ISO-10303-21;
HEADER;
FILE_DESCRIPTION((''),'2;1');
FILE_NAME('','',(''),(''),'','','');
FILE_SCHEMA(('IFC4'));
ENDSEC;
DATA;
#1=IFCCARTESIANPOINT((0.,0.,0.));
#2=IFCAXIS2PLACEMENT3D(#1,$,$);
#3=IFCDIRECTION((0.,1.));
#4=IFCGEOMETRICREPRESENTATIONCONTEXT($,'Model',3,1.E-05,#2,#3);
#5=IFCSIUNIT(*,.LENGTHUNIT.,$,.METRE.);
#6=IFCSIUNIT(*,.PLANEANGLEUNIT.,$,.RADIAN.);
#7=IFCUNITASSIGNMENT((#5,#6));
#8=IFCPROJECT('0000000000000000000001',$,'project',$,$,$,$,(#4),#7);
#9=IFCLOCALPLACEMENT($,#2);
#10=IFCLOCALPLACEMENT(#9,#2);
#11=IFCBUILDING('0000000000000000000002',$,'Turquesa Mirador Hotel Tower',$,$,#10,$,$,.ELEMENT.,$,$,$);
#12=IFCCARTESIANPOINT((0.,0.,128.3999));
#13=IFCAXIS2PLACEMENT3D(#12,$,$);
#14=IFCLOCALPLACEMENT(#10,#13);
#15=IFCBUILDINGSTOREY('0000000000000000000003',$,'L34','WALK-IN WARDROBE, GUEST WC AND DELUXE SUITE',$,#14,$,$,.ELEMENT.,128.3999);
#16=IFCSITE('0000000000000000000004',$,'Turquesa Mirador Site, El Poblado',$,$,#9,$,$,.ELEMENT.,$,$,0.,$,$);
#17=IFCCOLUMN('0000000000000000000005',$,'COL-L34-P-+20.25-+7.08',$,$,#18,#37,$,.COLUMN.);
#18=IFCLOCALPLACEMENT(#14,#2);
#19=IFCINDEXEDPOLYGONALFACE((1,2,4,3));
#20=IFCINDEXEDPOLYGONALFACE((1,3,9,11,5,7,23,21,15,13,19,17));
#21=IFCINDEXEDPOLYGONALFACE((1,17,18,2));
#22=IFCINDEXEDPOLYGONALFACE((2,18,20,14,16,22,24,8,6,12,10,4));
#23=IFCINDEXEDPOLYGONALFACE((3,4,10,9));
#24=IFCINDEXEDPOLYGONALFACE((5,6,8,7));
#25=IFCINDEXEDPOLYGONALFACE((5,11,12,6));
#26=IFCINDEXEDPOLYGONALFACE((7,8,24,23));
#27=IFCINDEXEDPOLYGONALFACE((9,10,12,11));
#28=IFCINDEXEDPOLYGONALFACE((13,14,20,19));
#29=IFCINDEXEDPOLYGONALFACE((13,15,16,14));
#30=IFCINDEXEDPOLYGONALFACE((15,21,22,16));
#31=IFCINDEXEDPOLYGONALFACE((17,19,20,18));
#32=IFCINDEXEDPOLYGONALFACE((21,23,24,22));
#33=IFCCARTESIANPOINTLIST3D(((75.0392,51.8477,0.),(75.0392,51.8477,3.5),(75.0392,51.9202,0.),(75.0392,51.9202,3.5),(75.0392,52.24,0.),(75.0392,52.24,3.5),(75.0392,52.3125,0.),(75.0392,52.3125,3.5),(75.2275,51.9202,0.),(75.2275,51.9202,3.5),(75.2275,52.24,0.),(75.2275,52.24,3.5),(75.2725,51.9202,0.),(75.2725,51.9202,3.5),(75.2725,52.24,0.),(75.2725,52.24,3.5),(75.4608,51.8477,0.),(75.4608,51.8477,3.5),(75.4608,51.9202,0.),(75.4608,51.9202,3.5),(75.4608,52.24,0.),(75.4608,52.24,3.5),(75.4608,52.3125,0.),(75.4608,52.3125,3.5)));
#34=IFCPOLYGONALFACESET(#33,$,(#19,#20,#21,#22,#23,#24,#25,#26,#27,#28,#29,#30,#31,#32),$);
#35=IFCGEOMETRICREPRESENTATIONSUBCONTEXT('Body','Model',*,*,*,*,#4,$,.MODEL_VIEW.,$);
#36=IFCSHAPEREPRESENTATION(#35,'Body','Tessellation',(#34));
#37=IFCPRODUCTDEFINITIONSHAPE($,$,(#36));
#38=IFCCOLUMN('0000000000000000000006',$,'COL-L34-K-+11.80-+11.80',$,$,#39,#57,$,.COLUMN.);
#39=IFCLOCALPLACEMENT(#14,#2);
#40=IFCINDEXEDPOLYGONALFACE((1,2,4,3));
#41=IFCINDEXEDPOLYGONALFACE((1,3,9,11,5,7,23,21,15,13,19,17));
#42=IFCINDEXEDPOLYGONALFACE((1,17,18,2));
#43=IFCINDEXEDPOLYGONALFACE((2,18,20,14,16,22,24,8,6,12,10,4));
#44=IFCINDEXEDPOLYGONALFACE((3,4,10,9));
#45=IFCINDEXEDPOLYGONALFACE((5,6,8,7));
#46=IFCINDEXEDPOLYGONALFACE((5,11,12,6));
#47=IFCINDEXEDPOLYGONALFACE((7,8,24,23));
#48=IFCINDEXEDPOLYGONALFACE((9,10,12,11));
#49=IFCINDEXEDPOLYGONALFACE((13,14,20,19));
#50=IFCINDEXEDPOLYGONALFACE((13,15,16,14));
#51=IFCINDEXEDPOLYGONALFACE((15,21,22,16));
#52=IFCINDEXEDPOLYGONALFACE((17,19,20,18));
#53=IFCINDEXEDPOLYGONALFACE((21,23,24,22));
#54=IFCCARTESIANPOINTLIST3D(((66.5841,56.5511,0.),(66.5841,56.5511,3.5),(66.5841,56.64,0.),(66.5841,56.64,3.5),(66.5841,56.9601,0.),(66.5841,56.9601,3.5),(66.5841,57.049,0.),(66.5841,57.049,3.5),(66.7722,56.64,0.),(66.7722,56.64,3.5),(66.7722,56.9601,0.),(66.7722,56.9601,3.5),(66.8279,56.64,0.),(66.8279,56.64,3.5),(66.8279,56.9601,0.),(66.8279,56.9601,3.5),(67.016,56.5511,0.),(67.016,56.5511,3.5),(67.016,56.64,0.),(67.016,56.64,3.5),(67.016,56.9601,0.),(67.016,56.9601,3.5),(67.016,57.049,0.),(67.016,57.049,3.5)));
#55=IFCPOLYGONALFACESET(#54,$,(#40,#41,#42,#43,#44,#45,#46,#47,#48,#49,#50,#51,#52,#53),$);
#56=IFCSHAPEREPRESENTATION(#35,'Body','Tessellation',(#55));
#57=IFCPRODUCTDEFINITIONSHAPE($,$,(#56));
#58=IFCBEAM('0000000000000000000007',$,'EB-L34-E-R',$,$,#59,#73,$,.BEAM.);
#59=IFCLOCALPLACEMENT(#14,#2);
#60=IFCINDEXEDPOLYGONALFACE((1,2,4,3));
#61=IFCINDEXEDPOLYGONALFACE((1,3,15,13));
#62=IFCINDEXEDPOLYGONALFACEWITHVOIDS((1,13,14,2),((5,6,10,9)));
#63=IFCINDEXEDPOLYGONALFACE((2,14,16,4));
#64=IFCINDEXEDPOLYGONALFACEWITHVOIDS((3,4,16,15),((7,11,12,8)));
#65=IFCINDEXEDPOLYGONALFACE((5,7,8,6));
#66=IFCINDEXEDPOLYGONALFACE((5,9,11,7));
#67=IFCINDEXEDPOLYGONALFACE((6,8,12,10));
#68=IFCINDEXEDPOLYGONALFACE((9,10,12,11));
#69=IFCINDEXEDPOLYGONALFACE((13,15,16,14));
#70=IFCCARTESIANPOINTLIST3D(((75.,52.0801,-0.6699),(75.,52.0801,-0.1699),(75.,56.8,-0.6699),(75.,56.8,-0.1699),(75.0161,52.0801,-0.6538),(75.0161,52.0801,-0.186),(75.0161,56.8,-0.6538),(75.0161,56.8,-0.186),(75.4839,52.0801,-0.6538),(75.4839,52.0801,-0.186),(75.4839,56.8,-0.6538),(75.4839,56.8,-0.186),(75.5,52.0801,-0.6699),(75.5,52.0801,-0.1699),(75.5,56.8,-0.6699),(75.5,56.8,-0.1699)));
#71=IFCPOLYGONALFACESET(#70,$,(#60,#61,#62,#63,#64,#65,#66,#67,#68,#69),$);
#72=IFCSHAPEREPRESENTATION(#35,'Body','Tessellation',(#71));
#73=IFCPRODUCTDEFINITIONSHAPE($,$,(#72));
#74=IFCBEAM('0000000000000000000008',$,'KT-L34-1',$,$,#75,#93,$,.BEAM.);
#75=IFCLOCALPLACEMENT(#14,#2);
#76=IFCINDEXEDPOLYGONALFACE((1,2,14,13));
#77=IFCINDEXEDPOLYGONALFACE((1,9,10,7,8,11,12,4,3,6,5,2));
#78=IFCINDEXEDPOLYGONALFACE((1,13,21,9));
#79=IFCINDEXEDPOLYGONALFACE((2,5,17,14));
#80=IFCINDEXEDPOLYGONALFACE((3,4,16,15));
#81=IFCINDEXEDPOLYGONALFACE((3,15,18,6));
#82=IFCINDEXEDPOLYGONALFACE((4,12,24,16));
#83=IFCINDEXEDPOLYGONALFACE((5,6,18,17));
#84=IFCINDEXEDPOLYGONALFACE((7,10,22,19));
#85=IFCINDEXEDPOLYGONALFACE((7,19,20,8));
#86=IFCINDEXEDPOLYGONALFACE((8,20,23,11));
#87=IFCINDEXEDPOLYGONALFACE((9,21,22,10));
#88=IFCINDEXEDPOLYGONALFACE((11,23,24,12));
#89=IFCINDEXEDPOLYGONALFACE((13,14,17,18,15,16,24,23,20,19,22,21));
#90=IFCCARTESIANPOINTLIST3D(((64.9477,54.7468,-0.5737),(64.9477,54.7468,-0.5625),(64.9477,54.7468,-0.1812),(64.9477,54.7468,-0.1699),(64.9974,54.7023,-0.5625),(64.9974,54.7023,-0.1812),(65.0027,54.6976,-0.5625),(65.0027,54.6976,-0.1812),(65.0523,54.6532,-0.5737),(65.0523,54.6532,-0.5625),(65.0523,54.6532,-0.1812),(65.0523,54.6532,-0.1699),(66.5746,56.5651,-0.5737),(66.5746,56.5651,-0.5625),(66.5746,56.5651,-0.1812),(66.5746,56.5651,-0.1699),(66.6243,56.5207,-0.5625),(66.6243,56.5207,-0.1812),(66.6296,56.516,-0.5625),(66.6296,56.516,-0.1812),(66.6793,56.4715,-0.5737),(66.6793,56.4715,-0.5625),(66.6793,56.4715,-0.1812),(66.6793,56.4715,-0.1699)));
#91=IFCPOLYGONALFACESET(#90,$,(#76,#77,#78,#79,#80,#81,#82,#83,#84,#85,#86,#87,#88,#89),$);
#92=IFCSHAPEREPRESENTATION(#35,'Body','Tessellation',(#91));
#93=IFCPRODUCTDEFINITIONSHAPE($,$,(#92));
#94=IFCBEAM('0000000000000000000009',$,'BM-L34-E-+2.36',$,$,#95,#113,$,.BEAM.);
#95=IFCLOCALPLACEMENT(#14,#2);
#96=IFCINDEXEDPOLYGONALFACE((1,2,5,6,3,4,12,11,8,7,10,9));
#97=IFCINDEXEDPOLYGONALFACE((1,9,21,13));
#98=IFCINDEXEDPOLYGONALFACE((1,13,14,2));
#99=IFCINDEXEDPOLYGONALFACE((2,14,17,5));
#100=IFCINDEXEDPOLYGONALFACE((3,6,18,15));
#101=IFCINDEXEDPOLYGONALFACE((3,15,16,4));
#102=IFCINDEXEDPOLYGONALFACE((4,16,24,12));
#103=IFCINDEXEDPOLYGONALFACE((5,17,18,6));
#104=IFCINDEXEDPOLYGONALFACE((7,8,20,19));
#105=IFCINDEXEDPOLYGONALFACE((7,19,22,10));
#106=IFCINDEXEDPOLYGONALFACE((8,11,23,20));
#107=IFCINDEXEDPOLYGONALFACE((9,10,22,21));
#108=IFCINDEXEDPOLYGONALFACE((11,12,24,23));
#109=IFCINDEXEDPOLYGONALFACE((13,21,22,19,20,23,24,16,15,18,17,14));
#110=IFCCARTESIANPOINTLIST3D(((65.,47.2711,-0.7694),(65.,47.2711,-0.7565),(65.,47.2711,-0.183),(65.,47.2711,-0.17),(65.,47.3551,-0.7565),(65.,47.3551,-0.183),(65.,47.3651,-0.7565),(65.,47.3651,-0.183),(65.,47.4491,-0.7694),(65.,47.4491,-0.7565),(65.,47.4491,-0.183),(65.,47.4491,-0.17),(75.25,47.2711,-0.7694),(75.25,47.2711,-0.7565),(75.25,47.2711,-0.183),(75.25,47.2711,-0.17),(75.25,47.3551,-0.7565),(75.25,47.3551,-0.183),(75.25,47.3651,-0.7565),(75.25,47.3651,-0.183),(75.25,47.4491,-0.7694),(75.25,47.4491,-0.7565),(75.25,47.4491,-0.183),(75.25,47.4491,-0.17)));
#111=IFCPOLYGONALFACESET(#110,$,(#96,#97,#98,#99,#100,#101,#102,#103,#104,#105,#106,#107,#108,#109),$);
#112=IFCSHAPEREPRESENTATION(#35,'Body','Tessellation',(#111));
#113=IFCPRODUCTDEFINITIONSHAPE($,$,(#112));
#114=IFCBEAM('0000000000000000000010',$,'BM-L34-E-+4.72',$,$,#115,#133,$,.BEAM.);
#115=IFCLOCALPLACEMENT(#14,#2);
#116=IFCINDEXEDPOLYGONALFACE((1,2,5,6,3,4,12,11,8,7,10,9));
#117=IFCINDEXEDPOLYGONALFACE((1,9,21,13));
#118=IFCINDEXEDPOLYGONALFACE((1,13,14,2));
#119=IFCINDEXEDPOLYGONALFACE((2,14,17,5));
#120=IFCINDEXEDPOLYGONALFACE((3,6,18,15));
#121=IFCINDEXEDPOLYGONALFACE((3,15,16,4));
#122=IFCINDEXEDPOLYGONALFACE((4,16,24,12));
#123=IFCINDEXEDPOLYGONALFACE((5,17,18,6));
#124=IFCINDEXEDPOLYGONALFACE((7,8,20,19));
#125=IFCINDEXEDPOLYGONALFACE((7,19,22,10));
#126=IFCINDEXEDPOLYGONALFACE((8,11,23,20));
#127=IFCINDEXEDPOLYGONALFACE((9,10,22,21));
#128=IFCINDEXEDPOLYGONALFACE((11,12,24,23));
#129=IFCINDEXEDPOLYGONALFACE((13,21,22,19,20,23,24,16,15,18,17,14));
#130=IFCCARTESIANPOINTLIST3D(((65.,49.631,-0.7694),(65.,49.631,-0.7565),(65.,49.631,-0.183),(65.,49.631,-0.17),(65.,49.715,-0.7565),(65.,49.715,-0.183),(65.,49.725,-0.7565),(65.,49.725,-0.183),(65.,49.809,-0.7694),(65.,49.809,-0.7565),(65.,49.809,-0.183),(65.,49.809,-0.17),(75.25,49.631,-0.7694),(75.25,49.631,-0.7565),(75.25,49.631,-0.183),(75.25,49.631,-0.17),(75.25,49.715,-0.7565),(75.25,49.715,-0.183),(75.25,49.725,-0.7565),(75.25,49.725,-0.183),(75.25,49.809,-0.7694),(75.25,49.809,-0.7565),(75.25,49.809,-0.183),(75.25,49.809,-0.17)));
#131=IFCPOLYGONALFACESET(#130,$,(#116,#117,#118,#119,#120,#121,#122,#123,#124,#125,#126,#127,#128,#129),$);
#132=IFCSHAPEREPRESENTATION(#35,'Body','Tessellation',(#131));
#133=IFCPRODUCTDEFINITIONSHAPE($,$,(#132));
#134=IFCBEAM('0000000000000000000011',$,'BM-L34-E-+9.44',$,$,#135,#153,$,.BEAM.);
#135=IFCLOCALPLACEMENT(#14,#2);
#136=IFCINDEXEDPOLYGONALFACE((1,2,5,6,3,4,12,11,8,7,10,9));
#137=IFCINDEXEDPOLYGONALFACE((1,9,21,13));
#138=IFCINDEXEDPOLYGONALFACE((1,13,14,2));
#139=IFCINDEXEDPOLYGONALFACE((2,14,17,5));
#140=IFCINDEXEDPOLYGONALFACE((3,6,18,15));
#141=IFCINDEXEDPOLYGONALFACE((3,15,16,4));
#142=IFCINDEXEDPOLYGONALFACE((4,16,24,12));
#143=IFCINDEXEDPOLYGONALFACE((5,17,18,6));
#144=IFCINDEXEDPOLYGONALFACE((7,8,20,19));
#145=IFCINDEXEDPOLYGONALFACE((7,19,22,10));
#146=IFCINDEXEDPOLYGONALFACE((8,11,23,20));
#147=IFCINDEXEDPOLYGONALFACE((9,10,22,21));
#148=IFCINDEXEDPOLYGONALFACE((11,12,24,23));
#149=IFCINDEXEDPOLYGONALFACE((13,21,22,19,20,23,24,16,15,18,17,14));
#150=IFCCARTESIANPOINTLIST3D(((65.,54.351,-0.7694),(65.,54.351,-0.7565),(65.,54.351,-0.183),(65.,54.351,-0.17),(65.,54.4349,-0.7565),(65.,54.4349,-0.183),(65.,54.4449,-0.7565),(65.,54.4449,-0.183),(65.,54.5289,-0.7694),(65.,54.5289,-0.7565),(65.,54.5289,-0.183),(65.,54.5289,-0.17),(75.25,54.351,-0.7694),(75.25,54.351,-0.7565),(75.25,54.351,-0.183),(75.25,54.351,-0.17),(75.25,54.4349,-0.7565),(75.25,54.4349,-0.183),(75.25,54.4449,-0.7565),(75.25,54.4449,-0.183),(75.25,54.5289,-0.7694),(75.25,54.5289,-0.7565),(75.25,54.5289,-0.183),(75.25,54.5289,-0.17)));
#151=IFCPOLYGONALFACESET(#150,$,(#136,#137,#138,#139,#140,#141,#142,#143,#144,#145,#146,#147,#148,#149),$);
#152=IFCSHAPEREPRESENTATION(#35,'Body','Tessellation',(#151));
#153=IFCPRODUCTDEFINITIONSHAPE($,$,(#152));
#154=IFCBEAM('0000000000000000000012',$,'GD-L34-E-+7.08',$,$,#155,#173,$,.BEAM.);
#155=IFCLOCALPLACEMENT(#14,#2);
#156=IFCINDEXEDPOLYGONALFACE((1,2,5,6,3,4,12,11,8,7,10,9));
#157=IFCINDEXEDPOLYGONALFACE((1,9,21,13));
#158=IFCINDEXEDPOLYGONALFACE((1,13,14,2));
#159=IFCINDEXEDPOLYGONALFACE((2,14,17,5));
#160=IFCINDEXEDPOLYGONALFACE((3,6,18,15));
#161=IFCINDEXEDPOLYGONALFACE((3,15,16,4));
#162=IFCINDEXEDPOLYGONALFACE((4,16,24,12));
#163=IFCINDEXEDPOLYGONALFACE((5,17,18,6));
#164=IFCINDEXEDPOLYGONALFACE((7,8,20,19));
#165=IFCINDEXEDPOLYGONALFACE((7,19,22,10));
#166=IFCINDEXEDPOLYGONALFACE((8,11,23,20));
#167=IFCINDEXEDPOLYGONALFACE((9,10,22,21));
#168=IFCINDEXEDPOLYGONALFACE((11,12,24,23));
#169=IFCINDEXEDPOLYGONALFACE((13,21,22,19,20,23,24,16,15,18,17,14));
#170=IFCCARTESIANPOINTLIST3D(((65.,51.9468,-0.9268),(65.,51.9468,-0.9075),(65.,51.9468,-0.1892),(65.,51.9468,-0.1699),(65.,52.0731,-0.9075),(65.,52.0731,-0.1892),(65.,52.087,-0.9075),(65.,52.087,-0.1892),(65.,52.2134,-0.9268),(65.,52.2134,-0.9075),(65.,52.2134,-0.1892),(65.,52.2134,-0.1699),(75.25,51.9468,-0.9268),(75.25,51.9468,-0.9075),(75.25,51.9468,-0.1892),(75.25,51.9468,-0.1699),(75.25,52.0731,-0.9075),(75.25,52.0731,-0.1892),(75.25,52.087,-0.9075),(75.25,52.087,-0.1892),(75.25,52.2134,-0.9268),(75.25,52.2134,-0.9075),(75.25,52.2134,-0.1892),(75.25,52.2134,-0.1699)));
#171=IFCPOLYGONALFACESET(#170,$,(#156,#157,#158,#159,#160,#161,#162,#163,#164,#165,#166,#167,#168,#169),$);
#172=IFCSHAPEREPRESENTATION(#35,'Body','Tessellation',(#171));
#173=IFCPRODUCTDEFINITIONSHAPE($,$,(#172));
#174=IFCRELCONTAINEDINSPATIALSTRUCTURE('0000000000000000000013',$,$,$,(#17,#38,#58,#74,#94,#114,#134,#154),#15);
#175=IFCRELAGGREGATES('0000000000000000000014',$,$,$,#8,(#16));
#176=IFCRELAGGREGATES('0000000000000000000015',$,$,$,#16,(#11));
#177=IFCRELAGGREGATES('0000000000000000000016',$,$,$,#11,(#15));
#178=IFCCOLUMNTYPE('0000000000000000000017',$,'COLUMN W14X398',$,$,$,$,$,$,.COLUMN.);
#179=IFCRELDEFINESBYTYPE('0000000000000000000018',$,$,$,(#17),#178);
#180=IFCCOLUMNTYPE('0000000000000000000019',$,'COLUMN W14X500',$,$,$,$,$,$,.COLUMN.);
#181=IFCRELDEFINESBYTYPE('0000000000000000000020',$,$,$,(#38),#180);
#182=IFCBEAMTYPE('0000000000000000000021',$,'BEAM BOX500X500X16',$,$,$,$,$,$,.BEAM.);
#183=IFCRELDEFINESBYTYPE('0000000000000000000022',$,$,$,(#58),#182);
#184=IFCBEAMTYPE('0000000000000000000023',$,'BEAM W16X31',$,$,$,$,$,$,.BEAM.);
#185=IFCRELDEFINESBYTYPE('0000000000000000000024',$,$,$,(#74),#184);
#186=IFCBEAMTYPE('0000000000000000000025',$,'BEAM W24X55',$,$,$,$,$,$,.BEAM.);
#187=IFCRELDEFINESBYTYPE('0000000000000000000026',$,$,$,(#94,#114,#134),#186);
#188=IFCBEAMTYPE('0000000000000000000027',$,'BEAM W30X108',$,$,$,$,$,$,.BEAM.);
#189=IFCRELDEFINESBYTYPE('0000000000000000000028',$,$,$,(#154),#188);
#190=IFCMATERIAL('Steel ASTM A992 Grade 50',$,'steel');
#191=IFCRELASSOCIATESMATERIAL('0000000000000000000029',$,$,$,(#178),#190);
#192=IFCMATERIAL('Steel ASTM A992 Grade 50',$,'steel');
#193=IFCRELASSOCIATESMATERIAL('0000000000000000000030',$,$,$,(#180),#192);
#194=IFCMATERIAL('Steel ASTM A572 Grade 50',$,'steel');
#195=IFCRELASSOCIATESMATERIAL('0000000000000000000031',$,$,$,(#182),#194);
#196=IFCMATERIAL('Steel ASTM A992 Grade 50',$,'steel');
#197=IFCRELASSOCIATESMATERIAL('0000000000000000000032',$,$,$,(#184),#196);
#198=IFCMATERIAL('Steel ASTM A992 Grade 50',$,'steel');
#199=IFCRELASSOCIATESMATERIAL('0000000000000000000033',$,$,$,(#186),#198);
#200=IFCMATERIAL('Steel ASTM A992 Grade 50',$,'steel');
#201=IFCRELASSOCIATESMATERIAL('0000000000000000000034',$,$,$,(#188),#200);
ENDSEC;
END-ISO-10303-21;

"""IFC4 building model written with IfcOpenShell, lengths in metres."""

from ifc_helpers import new_model, si_unit, direction, frame, origin, origin_2d, place, context, subcontext, project, spatial, hollow_rectangle, i_section, extrude, material, material_profile, profile_set, type_object, element, save


model = new_model("IFC4")

# Units and contexts
model_context = context("Model", 3, precision=1e-05, world=origin(), true_north=direction((0.0, 1.0)))
body_context = subcontext(model_context, "Body", "Model", "MODEL_VIEW")
ifc_project = project(units=[si_unit("LENGTHUNIT", "METRE"), si_unit("PLANEANGLEUNIT", "RADIAN")], contexts=[model_context])

# Site, building, storey
site_placement = place(None, origin())
site = spatial("IfcSite", under=ifc_project, at=site_placement, Name="Turquesa Mirador Site, El Poblado", CompositionType="ELEMENT", RefElevation=0.0)
building_placement = place(site_placement, origin())
building = spatial("IfcBuilding", under=site, at=building_placement, Name="Turquesa Mirador Hotel Tower", CompositionType="ELEMENT")
storey_placement = place(building_placement, frame((0.0, 0.0, 128.3999)))
storey = spatial("IfcBuildingStorey", under=building, at=storey_placement, Name="L34", Description="WALK-IN WARDROBE, GUEST WC AND DELUXE SUITE", CompositionType="ELEMENT", Elevation=128.3999)

# Columns
ifc_material_1 = material(Name="Steel ASTM A992 Grade 50", Category="steel")
ifc_material_profile_1 = material_profile(ifc_material_1, i_section(OverallWidth=0.4216, OverallDepth=0.4648, WebThickness=0.0449, FlangeThickness=0.0725, at=origin_2d()), Name="W14X398")
ifc_profile_set_1 = profile_set([ifc_material_profile_1], Name="Steel ASTM A992 Grade 50")
column_type_1 = type_object("IfcColumnType", Name="COLUMN W14X398", PredefinedType="COLUMN", material=ifc_profile_set_1)
column_1_placement = place(storey_placement, frame((75.25, 52.0801, 0.0), z_axis=(0.0, 0.0, 1.0), x_axis=(1.0, 0.0, 0.0)))
element("IfcColumn", 1, at=column_1_placement, inside=storey, type_object=column_type_1, Name="COL-L34-P-+20.25-+7.08", PredefinedType="COLUMN", context=body_context, shape_type="SweptSolid", body=[
    extrude(i_section(OverallWidth=0.4216, OverallDepth=0.4648, WebThickness=0.0449, FlangeThickness=0.0725, at=origin_2d()), origin(), (0.0, 0.0, 1.0), 3.5),
])
ifc_material_2 = material(Name="Steel ASTM A992 Grade 50", Category="steel")
ifc_material_profile_2 = material_profile(ifc_material_2, i_section(OverallWidth=0.4319, OverallDepth=0.4978, WebThickness=0.0557, FlangeThickness=0.0889, at=origin_2d()), Name="W14X500")
ifc_profile_set_2 = profile_set([ifc_material_profile_2], Name="Steel ASTM A992 Grade 50")
column_type_2 = type_object("IfcColumnType", Name="COLUMN W14X500", PredefinedType="COLUMN", material=ifc_profile_set_2)
column_2_placement = place(storey_placement, frame((66.8, 56.8, 0.0), z_axis=(0.0, 0.0, 1.0), x_axis=(1.0, 0.0, 0.0)))
element("IfcColumn", 2, at=column_2_placement, inside=storey, type_object=column_type_2, Name="COL-L34-K-+11.80-+11.80", PredefinedType="COLUMN", context=body_context, shape_type="SweptSolid", body=[
    extrude(i_section(OverallWidth=0.4319, OverallDepth=0.4978, WebThickness=0.0557, FlangeThickness=0.0889, at=origin_2d()), origin(), (0.0, 0.0, 1.0), 3.5),
])

# Beams
ifc_material_3 = material(Name="Steel ASTM A572 Grade 50", Category="steel")
ifc_material_profile_3 = material_profile(ifc_material_3, hollow_rectangle(XDim=0.5, YDim=0.5, WallThickness=0.0161, at=origin_2d()), Name="BOX500X500X16")
ifc_profile_set_3 = profile_set([ifc_material_profile_3], Name="Steel ASTM A572 Grade 50")
beam_type_1 = type_object("IfcBeamType", Name="BEAM BOX500X500X16", PredefinedType="BEAM", material=ifc_profile_set_3)
beam_1_placement = place(storey_placement, frame((75.25, 52.0801, -0.4199), z_axis=(0.0, 1.0, 0.0), x_axis=(-1.0, 0.0, 0.0)))
element("IfcBeam", 3, at=beam_1_placement, inside=storey, type_object=beam_type_1, Name="EB-L34-E-R", PredefinedType="BEAM", context=body_context, shape_type="SweptSolid", body=[
    extrude(hollow_rectangle(XDim=0.5, YDim=0.5, WallThickness=0.0161, at=origin_2d()), origin(), (0.0, 0.0, 1.0), 4.72),
])
ifc_material_4 = material(Name="Steel ASTM A992 Grade 50", Category="steel")
ifc_material_profile_4 = material_profile(ifc_material_4, i_section(OverallWidth=0.1404, OverallDepth=0.4038, WebThickness=0.0071, FlangeThickness=0.0112, at=origin_2d()), Name="W16X31")
ifc_profile_set_4 = profile_set([ifc_material_profile_4], Name="Steel ASTM A992 Grade 50")
beam_type_2 = type_object("IfcBeamType", Name="BEAM W16X31", PredefinedType="BEAM", material=ifc_profile_set_4)
beam_2_placement = place(storey_placement, frame((66.627, 56.5183, -0.3718), z_axis=(-0.666795, -0.745241, 0.0), x_axis=(0.745241, -0.666795, 0.0)))
element("IfcBeam", 4, at=beam_2_placement, inside=storey, type_object=beam_type_2, Name="KT-L34-1", PredefinedType="BEAM", context=body_context, shape_type="SweptSolid", body=[
    extrude(i_section(OverallWidth=0.1404, OverallDepth=0.4038, WebThickness=0.0071, FlangeThickness=0.0112, at=origin_2d()), origin(), (0.0, 0.0, 1.0), 2.4399),
])
ifc_material_5 = material(Name="Steel ASTM A992 Grade 50", Category="steel")
ifc_material_profile_5 = material_profile(ifc_material_5, i_section(OverallWidth=0.178, OverallDepth=0.5994, WebThickness=0.01, FlangeThickness=0.0129, at=origin_2d()), Name="W24X55")
ifc_profile_set_5 = profile_set([ifc_material_profile_5], Name="Steel ASTM A992 Grade 50")
beam_type_3 = type_object("IfcBeamType", Name="BEAM W24X55", PredefinedType="BEAM", material=ifc_profile_set_5)
for number, where, z_axis, x_axis, name in (
    (5, (75.25, 47.3601, -0.4697), (-1.0, 0.0, 0.0), (0.0, -1.0, 0.0), "BM-L34-E-+2.36"),
    (6, (75.25, 49.72, -0.4697), (-1.0, 0.0, 0.0), (0.0, -1.0, 0.0), "BM-L34-E-+4.72"),
    (7, (75.25, 54.4399, -0.4697), (-1.0, 0.0, 0.0), (0.0, -1.0, 0.0), "BM-L34-E-+9.44"),
):
    element("IfcBeam", number, at=place(storey_placement, frame(where, z_axis=z_axis, x_axis=x_axis)), inside=storey, type_object=beam_type_3, Name=name, PredefinedType="BEAM", context=body_context, shape_type="SweptSolid", body=[
        extrude(i_section(OverallWidth=0.178, OverallDepth=0.5994, WebThickness=0.01, FlangeThickness=0.0129, at=origin_2d()), origin(), (0.0, 0.0, 1.0), 10.25),
    ])
ifc_material_6 = material(Name="Steel ASTM A992 Grade 50", Category="steel")
ifc_material_profile_6 = material_profile(ifc_material_6, i_section(OverallWidth=0.2666, OverallDepth=0.7568, WebThickness=0.0139, FlangeThickness=0.0193, at=origin_2d()), Name="W30X108")
ifc_profile_set_6 = profile_set([ifc_material_profile_6], Name="Steel ASTM A992 Grade 50")
beam_type_4 = type_object("IfcBeamType", Name="BEAM W30X108", PredefinedType="BEAM", material=ifc_profile_set_6)
beam_3_placement = place(storey_placement, frame((75.25, 52.0801, -0.5483), z_axis=(-1.0, 0.0, 0.0), x_axis=(0.0, -1.0, 0.0)))
element("IfcBeam", 8, at=beam_3_placement, inside=storey, type_object=beam_type_4, Name="GD-L34-E-+7.08", PredefinedType="BEAM", context=body_context, shape_type="SweptSolid", body=[
    extrude(i_section(OverallWidth=0.2666, OverallDepth=0.7568, WebThickness=0.0139, FlangeThickness=0.0193, at=origin_2d()), origin(), (0.0, 0.0, 1.0), 10.25),
])

save(model, "model.ifc")
